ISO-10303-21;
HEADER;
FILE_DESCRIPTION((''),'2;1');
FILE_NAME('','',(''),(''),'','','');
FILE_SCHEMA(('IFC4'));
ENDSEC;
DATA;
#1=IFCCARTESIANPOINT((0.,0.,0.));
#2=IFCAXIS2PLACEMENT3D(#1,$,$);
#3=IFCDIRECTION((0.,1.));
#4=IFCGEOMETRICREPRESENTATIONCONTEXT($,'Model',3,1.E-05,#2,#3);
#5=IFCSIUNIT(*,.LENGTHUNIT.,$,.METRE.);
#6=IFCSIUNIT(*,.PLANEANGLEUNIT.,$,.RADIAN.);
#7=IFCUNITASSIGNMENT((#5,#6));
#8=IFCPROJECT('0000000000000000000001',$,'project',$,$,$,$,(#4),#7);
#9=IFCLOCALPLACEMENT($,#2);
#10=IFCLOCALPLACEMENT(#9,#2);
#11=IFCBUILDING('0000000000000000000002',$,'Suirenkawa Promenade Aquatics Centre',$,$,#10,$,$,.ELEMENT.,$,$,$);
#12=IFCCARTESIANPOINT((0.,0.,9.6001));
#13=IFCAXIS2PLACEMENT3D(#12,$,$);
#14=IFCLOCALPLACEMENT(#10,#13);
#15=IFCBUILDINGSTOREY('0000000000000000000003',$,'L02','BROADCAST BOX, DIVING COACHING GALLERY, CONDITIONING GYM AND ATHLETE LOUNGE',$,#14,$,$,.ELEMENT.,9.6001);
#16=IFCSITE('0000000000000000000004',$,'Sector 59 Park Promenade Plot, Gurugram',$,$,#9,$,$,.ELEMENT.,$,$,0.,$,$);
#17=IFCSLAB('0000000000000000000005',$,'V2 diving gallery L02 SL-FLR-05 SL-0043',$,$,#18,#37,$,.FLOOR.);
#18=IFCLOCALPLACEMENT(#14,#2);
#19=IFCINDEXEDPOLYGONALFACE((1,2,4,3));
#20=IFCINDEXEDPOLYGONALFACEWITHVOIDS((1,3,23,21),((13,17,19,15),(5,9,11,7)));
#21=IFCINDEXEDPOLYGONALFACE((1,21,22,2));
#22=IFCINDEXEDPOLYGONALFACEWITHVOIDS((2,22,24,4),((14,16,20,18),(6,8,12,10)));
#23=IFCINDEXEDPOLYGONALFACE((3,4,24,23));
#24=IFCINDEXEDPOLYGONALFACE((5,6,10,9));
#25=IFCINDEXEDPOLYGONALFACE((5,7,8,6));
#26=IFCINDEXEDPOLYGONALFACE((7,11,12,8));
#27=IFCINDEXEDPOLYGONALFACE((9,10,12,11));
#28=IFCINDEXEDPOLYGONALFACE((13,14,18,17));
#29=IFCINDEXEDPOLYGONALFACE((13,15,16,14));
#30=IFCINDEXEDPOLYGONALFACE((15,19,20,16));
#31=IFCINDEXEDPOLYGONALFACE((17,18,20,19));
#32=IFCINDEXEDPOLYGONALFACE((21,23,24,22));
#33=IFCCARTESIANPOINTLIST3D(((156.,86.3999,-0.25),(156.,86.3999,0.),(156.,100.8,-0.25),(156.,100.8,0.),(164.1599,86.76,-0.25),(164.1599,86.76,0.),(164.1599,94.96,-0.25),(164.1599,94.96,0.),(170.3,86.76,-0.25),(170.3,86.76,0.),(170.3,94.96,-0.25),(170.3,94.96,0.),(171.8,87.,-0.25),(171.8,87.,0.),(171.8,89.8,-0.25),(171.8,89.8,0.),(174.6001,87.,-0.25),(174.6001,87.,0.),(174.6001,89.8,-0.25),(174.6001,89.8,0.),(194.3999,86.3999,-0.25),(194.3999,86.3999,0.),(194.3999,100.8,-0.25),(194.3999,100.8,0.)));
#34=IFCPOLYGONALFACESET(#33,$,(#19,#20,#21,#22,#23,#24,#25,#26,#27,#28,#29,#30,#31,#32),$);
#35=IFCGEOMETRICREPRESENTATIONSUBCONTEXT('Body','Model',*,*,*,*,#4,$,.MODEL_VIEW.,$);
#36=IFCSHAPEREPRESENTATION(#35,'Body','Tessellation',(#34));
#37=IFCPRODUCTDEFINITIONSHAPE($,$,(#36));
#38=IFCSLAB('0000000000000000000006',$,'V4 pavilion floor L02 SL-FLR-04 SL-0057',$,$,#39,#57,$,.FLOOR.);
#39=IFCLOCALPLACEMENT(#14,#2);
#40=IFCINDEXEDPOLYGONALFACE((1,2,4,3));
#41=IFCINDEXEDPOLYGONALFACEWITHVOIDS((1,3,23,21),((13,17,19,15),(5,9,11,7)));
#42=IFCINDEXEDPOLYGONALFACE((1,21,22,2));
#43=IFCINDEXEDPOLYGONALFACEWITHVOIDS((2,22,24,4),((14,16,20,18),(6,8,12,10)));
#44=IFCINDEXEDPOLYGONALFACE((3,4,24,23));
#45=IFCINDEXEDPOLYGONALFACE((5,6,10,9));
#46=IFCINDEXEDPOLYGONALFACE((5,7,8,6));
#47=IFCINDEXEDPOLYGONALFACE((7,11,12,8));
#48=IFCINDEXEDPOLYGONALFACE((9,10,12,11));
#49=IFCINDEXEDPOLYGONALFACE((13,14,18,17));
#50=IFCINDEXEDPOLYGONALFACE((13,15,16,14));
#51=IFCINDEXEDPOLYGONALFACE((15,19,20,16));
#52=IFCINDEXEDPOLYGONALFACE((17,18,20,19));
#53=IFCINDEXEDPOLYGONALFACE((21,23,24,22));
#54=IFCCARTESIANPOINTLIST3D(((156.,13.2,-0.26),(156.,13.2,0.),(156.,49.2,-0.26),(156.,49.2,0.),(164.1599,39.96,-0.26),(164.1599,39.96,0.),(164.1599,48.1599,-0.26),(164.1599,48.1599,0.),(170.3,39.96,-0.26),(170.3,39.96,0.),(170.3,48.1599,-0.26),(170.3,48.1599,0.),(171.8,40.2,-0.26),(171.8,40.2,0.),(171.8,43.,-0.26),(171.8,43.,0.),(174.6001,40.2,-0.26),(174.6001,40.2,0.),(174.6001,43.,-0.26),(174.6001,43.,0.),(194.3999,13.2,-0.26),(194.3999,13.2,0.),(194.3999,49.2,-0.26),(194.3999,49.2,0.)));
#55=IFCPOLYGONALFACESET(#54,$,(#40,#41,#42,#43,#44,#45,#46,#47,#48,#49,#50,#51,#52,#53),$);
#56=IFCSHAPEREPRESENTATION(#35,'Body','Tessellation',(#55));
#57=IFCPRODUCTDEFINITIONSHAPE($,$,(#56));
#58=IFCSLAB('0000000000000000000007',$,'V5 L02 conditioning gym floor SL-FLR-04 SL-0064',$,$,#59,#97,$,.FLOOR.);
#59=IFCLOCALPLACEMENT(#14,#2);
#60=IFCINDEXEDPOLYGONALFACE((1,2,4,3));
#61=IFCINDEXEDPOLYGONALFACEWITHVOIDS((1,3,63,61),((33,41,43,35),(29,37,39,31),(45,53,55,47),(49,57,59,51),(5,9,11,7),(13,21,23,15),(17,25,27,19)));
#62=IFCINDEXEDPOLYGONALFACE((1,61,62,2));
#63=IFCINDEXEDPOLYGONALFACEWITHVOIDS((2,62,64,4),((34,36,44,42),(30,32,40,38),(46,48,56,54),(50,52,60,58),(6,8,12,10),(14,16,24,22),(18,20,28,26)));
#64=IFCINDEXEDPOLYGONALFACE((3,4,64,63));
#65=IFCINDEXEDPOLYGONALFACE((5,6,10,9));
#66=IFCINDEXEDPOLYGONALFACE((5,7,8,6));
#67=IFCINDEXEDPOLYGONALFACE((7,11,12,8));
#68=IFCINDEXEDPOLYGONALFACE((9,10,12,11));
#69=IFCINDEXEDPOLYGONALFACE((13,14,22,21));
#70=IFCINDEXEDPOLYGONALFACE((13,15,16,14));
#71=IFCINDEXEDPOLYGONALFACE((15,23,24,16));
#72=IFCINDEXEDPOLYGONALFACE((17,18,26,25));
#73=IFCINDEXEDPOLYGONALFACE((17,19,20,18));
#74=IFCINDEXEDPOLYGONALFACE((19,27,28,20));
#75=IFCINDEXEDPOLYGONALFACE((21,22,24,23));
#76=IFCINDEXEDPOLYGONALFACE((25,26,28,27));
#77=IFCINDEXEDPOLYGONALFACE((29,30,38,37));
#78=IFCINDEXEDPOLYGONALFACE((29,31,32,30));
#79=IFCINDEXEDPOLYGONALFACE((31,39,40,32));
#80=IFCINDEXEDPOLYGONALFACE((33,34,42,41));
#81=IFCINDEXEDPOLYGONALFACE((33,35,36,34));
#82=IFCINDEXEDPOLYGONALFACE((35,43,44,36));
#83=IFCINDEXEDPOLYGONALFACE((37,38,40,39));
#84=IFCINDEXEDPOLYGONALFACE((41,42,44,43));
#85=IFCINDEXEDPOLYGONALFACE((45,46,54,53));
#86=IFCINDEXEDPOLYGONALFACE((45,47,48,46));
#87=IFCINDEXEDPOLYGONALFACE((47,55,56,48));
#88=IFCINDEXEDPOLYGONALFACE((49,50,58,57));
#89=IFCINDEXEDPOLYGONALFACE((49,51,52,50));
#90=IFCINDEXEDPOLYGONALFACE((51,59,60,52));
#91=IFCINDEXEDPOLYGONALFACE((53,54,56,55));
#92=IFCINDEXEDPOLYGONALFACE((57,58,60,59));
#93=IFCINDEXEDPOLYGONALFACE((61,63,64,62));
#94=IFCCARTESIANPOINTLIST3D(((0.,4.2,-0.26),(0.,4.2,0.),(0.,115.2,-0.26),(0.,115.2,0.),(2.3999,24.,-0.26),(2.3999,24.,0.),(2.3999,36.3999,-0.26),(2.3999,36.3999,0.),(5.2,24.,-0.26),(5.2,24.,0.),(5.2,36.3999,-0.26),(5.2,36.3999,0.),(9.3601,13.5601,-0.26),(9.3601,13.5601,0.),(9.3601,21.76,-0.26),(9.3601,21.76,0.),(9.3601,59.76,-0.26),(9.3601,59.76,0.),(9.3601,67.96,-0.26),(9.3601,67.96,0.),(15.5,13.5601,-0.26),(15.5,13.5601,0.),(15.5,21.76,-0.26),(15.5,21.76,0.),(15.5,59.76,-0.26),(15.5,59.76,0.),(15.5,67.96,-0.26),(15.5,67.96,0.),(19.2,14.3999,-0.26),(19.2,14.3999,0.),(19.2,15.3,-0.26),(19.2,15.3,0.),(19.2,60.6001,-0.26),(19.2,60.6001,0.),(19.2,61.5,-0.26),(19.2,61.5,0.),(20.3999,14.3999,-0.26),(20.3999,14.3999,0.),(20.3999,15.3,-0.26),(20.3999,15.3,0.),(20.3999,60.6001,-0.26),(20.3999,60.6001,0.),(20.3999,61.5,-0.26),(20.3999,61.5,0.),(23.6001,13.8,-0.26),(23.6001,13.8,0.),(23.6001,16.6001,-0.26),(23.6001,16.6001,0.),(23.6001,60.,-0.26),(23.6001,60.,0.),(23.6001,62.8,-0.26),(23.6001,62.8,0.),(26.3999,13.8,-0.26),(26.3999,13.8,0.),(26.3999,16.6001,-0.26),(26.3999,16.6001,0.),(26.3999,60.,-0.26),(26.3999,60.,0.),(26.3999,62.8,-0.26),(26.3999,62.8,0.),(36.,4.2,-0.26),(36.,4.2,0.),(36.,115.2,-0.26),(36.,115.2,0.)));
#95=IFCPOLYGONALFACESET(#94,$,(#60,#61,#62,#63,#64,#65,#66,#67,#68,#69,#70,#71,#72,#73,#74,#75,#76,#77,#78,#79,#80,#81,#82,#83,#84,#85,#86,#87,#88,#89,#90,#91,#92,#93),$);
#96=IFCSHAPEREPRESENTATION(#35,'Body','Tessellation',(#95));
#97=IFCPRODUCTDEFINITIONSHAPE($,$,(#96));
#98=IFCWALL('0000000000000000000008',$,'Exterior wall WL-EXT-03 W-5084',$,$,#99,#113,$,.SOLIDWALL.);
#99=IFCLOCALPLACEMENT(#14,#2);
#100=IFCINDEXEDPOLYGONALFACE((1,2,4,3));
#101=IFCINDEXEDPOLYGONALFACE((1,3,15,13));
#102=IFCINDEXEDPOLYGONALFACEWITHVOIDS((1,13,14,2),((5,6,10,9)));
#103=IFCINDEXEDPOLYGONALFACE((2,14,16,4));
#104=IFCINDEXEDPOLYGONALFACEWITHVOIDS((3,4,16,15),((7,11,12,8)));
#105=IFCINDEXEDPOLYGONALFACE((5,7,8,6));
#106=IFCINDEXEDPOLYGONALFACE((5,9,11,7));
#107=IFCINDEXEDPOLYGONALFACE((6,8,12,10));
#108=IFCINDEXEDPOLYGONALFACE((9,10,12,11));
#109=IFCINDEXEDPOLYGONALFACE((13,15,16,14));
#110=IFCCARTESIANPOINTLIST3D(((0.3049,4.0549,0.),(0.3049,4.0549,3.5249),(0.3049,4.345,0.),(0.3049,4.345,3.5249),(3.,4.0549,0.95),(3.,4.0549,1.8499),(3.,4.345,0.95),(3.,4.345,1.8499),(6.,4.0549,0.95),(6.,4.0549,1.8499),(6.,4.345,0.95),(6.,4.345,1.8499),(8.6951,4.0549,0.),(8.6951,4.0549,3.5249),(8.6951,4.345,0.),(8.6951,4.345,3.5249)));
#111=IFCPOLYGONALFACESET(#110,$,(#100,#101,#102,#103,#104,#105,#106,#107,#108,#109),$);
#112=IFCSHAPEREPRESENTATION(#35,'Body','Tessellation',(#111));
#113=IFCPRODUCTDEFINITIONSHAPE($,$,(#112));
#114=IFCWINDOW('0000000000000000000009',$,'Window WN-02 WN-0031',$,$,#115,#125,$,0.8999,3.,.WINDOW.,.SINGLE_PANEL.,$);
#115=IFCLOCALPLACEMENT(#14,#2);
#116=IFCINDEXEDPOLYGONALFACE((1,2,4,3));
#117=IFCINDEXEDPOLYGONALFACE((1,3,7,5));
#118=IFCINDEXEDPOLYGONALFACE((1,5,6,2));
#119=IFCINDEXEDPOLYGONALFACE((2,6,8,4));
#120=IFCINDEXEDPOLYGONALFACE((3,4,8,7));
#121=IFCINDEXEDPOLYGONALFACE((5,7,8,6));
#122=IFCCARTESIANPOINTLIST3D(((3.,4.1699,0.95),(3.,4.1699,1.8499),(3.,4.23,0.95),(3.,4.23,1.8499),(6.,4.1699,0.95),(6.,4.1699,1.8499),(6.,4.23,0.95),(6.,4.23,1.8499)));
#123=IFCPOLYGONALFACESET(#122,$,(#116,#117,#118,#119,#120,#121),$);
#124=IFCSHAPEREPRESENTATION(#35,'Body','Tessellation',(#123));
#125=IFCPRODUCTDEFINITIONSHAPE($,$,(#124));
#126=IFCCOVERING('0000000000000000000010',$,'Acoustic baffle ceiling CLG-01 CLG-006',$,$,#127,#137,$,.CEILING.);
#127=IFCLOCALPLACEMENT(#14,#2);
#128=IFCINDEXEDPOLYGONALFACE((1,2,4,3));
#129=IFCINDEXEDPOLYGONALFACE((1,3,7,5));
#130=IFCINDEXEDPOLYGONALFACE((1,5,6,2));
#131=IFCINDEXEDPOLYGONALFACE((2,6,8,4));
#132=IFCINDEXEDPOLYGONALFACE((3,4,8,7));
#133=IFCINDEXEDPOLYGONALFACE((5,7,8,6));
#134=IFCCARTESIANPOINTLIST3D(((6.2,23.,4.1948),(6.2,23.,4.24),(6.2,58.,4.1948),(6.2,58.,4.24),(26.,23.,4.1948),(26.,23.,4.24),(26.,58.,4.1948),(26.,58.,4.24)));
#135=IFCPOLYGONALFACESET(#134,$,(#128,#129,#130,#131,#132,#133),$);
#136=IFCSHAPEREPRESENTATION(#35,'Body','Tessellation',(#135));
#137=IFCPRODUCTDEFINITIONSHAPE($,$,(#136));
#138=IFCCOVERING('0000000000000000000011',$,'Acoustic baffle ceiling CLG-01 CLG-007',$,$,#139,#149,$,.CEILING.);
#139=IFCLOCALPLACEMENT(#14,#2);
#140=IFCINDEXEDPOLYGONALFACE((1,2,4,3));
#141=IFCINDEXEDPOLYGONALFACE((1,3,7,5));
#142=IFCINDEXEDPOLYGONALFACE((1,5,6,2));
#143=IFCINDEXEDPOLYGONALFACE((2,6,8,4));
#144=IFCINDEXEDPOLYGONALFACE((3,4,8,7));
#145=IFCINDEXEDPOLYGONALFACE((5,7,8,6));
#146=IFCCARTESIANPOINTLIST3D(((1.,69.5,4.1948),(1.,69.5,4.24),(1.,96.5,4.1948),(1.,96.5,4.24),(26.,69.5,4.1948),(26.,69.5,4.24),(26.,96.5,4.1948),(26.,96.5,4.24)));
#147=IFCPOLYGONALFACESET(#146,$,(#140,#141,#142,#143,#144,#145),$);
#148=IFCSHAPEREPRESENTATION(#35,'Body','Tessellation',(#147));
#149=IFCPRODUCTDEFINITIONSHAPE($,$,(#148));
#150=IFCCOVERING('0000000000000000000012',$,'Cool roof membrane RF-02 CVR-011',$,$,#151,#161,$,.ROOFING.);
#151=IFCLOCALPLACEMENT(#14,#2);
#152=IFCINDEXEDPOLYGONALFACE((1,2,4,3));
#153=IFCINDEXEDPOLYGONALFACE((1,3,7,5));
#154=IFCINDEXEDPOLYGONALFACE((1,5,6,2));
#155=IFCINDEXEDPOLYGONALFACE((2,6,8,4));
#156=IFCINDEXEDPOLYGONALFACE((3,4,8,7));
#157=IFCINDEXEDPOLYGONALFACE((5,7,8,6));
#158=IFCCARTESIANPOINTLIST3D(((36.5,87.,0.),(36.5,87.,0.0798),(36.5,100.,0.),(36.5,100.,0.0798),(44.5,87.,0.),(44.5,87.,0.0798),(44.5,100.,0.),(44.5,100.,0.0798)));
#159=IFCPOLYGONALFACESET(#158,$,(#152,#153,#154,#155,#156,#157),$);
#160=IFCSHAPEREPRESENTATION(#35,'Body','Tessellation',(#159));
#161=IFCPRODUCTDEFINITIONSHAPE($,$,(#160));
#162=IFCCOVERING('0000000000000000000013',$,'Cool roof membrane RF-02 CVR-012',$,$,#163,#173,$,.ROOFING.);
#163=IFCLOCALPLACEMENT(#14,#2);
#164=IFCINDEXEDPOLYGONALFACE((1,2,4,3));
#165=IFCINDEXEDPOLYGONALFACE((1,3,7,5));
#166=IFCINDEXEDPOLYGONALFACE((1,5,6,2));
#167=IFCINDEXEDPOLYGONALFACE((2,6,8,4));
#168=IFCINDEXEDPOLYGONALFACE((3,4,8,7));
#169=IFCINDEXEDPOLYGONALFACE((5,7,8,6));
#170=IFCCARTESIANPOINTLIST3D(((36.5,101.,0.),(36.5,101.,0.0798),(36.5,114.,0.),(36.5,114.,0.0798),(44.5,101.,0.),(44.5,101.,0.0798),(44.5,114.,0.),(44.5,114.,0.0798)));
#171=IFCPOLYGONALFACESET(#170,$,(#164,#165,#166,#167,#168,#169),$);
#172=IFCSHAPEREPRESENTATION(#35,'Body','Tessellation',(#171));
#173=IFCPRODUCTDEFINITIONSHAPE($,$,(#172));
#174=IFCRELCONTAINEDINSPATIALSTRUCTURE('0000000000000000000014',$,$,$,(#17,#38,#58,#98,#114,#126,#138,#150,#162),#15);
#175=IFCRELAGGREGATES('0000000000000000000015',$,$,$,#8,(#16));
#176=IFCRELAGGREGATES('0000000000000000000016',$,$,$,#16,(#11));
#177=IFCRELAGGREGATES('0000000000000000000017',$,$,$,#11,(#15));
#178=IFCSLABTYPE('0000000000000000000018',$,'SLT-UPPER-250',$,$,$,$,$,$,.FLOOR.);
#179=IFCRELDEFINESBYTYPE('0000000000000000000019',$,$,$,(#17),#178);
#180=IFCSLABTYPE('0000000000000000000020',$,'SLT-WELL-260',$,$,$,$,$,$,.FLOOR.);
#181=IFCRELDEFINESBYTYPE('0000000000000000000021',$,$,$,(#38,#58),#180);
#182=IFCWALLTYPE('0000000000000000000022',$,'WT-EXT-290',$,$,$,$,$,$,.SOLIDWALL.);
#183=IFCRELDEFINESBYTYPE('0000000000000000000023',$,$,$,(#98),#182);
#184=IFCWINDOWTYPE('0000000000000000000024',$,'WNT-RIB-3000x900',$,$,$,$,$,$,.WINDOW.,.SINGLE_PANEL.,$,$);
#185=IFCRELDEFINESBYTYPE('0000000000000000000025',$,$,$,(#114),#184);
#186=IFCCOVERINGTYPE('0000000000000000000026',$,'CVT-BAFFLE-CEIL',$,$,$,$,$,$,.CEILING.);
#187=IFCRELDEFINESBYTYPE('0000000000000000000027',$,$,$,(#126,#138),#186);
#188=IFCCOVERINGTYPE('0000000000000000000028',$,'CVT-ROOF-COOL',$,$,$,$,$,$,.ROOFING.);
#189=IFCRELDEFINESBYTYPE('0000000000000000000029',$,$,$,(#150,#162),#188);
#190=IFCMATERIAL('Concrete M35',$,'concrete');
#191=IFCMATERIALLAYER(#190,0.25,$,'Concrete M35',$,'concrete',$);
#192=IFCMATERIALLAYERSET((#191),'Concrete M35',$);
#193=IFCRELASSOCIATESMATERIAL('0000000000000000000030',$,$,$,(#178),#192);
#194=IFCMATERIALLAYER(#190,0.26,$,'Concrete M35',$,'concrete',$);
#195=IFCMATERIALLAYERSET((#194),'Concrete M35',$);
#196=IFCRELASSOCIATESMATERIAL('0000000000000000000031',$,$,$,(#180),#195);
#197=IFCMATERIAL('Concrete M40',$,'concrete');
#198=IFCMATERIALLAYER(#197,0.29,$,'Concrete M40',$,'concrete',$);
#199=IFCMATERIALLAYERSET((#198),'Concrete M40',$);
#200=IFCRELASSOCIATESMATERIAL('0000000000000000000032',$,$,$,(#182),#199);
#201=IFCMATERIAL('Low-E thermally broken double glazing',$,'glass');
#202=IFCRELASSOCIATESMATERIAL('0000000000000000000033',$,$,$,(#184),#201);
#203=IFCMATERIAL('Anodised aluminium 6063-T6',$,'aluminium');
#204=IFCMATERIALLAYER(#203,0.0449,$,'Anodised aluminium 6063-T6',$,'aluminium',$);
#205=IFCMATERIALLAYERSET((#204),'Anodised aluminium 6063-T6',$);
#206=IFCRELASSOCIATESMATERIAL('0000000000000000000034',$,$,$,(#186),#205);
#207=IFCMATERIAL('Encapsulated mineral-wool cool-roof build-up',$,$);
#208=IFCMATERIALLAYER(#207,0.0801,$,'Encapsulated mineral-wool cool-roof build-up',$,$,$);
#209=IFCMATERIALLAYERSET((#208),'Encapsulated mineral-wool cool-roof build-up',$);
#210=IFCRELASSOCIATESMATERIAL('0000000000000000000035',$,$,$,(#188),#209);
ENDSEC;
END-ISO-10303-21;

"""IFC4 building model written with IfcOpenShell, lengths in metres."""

from ifc_helpers import new_model, si_unit, direction, frame, frame_2d, origin, place, context, subcontext, project, spatial, polyline, rectangle, outline, extrude, material, layer, layer_set, type_object, element, fill, save


model = new_model("IFC4")

# Units and contexts
model_context = context("Model", 3, precision=1e-05, world=origin(), true_north=direction((0.0, 1.0)))
body_context = subcontext(model_context, "Body", "Model", "MODEL_VIEW")
ifc_project = project(units=[si_unit("LENGTHUNIT", "METRE"), si_unit("PLANEANGLEUNIT", "RADIAN")], contexts=[model_context])

# Site, building, storey
site_placement = place(None, origin())
site = spatial("IfcSite", under=ifc_project, at=site_placement, Name="Sector 59 Park Promenade Plot, Gurugram", CompositionType="ELEMENT", RefElevation=0.0)
building_placement = place(site_placement, origin())
building = spatial("IfcBuilding", under=site, at=building_placement, Name="Suirenkawa Promenade Aquatics Centre", CompositionType="ELEMENT")
storey_placement = place(building_placement, frame((0.0, 0.0, 9.6001)))
storey = spatial("IfcBuildingStorey", under=building, at=storey_placement, Name="L02", Description="BROADCAST BOX, DIVING COACHING GALLERY, CONDITIONING GYM AND ATHLETE LOUNGE", CompositionType="ELEMENT", Elevation=9.6001)

# Shared definitions
ifc_material_1 = material(Name="Concrete M40", Category="concrete")

# Shared definitions
ifc_material_2 = material(Name="Concrete M35", Category="concrete")

# Shared definitions
ifc_material_3 = material(Name="Anodised aluminium 6063-T6", Category="aluminium")

# Slabs
ifc_layer_1 = layer(ifc_material_2, 0.25, Name="Concrete M35", Category="concrete")
ifc_layer_set_1 = layer_set([ifc_layer_1], Name="Concrete M35")
slab_type_1 = type_object("IfcSlabType", Name="SLT-UPPER-250", PredefinedType="FLOOR", material=ifc_layer_set_1)
slab_1_placement = place(storey_placement, frame((0.0, 0.0, -0.25)))
element("IfcSlab", 1, at=slab_1_placement, inside=storey, type_object=slab_type_1, Name="V2 diving gallery L02 SL-FLR-05 SL-0043", PredefinedType="FLOOR", context=body_context, shape_type="SweptSolid", body=[
    extrude(outline(polyline([(156.0, 86.3999), (194.3999, 86.3999), (194.3999, 100.8), (156.0, 100.8), (156.0, 86.3999)]), holes=[polyline([(164.1599, 86.76), (170.3, 86.76), (170.3, 94.96), (164.1599, 94.96), (164.1599, 86.76)]), polyline([(171.8, 87.0), (174.6001, 87.0), (174.6001, 89.8), (171.8, 89.8), (171.8, 87.0)])]), origin(), (0.0, 0.0, 1.0), 0.25),
])
ifc_layer_2 = layer(ifc_material_2, 0.26, Name="Concrete M35", Category="concrete")
ifc_layer_set_2 = layer_set([ifc_layer_2], Name="Concrete M35")
slab_type_2 = type_object("IfcSlabType", Name="SLT-WELL-260", PredefinedType="FLOOR", material=ifc_layer_set_2)
slab_2_placement = place(storey_placement, frame((0.0, 0.0, -0.26)))
element("IfcSlab", 2, at=slab_2_placement, inside=storey, type_object=slab_type_2, Name="V4 pavilion floor L02 SL-FLR-04 SL-0057", PredefinedType="FLOOR", context=body_context, shape_type="SweptSolid", body=[
    extrude(outline(polyline([(156.0, 13.2), (194.3999, 13.2), (194.3999, 49.2), (156.0, 49.2), (156.0, 13.2)]), holes=[polyline([(164.1599, 39.96), (170.3, 39.96), (170.3, 48.1599), (164.1599, 48.1599), (164.1599, 39.96)]), polyline([(171.8, 40.2), (174.6001, 40.2), (174.6001, 43.0), (171.8, 43.0), (171.8, 40.2)])]), origin(), (0.0, 0.0, 1.0), 0.26),
])
slab_3_placement = place(storey_placement, frame((0.0, 0.0, -0.26)))
element("IfcSlab", 3, at=slab_3_placement, inside=storey, type_object=slab_type_2, Name="V5 L02 conditioning gym floor SL-FLR-04 SL-0064", PredefinedType="FLOOR", context=body_context, shape_type="SweptSolid", body=[
    extrude(outline(polyline([(0.0, 4.2), (36.0, 4.2), (36.0, 115.2), (0.0, 115.2), (0.0, 4.2)]), holes=[polyline([(9.3601, 13.5601), (15.5, 13.5601), (15.5, 21.76), (9.3601, 21.76), (9.3601, 13.5601)]), polyline([(23.6001, 13.8), (26.3999, 13.8), (26.3999, 16.6001), (23.6001, 16.6001), (23.6001, 13.8)]), polyline([(9.3601, 59.76), (15.5, 59.76), (15.5, 67.96), (9.3601, 67.96), (9.3601, 59.76)]), polyline([(23.6001, 60.0), (26.3999, 60.0), (26.3999, 62.8), (23.6001, 62.8), (23.6001, 60.0)]), polyline([(19.2, 14.3999), (20.3999, 14.3999), (20.3999, 15.3), (19.2, 15.3), (19.2, 14.3999)]), polyline([(19.2, 60.6001), (20.3999, 60.6001), (20.3999, 61.5), (19.2, 61.5), (19.2, 60.6001)]), polyline([(2.3999, 24.0), (5.2, 24.0), (5.2, 36.3999), (2.3999, 36.3999), (2.3999, 24.0)])]), origin(), (0.0, 0.0, 1.0), 0.26),
])

# Wall, opening, window
ifc_layer_3 = layer(ifc_material_1, 0.29, Name="Concrete M40", Category="concrete")
ifc_layer_set_3 = layer_set([ifc_layer_3], Name="Concrete M40")
wall_type = type_object("IfcWallType", Name="WT-EXT-290", PredefinedType="SOLIDWALL", material=ifc_layer_set_3)
wall_placement = place(storey_placement, frame((8.6951, 4.2, 0.0), z_axis=(0.0, 0.0, 1.0), x_axis=(-1.0, 0.0, 0.0)))
wall = element("IfcWall", 4, at=wall_placement, inside=storey, type_object=wall_type, Name="Exterior wall WL-EXT-03 W-5084", PredefinedType="SOLIDWALL", context=body_context, shape_type="SweptSolid", body=[
    extrude(rectangle(XDim=8.3901, YDim=0.29, at=frame_2d((4.1951, 0.0))), origin(), (0.0, 0.0, 1.0), 3.5249),
])
opening_placement = place(wall_placement, frame((2.6951, 0.0, 0.95)))
opening = element("IfcOpeningElement", 5, at=opening_placement, cuts=wall, PredefinedType="OPENING", context=body_context, shape_type="SweptSolid", body=[
    extrude(rectangle(XDim=3.0, YDim=0.8999, at=frame_2d((1.5, 0.45))), frame((0.0, 0.155, 0.0), z_axis=(0.0, -1.0, 0.0), x_axis=(1.0, 0.0, 0.0)), (0.0, 0.0, 1.0), 0.3101),
])
ifc_material_4 = material(Name="Low-E thermally broken double glazing", Category="glass")
window_type = type_object("IfcWindowType", Name="WNT-RIB-3000x900", PartitioningType="SINGLE_PANEL", PredefinedType="WINDOW", material=ifc_material_4)
window_placement = place(opening_placement, origin())
window = element("IfcWindow", 6, at=window_placement, inside=storey, type_object=window_type, Name="Window WN-02 WN-0031", OverallHeight=0.8999, OverallWidth=3.0, PartitioningType="SINGLE_PANEL", PredefinedType="WINDOW", context=body_context, shape_type="SweptSolid", body=[
    extrude(rectangle(XDim=3.0, YDim=0.8999, at=frame_2d((1.5, 0.45))), frame((0.0, 0.03, 0.0), z_axis=(0.0, -1.0, 0.0), x_axis=(1.0, 0.0, 0.0)), (0.0, 0.0, 1.0), 0.0601),
])
fill(opening, window)

# Coverings
ifc_layer_4 = layer(ifc_material_3, 0.0449, Name="Anodised aluminium 6063-T6", Category="aluminium")
ifc_layer_set_4 = layer_set([ifc_layer_4], Name="Anodised aluminium 6063-T6")
covering_type_1 = type_object("IfcCoveringType", Name="CVT-BAFFLE-CEIL", PredefinedType="CEILING", material=ifc_layer_set_4)
covering_1_placement = place(storey_placement, frame((0.0, 0.0, 4.1948)))
element("IfcCovering", 7, at=covering_1_placement, inside=storey, type_object=covering_type_1, Name="Acoustic baffle ceiling CLG-01 CLG-006", PredefinedType="CEILING", context=body_context, shape_type="SweptSolid", body=[
    extrude(outline(polyline([(6.2, 23.0), (26.0, 23.0), (26.0, 58.0), (6.2, 58.0), (6.2, 23.0)])), origin(), (0.0, 0.0, 1.0), 0.0452),
])
covering_2_placement = place(storey_placement, frame((0.0, 0.0, 4.1948)))
element("IfcCovering", 8, at=covering_2_placement, inside=storey, type_object=covering_type_1, Name="Acoustic baffle ceiling CLG-01 CLG-007", PredefinedType="CEILING", context=body_context, shape_type="SweptSolid", body=[
    extrude(outline(polyline([(1.0, 69.5), (26.0, 69.5), (26.0, 96.5), (1.0, 96.5), (1.0, 69.5)])), origin(), (0.0, 0.0, 1.0), 0.0452),
])
ifc_material_5 = material(Name="Encapsulated mineral-wool cool-roof build-up")
ifc_layer_5 = layer(ifc_material_5, 0.0801, Name="Encapsulated mineral-wool cool-roof build-up")
ifc_layer_set_5 = layer_set([ifc_layer_5], Name="Encapsulated mineral-wool cool-roof build-up")
covering_type_2 = type_object("IfcCoveringType", Name="CVT-ROOF-COOL", PredefinedType="ROOFING", material=ifc_layer_set_5)
covering_3_placement = place(storey_placement, origin())
element("IfcCovering", 9, at=covering_3_placement, inside=storey, type_object=covering_type_2, Name="Cool roof membrane RF-02 CVR-011", PredefinedType="ROOFING", context=body_context, shape_type="SweptSolid", body=[
    extrude(outline(polyline([(36.5, 87.0), (44.5, 87.0), (44.5, 100.0), (36.5, 100.0), (36.5, 87.0)])), origin(), (0.0, 0.0, 1.0), 0.0798),
])
covering_4_placement = place(storey_placement, origin())
element("IfcCovering", 10, at=covering_4_placement, inside=storey, type_object=covering_type_2, Name="Cool roof membrane RF-02 CVR-012", PredefinedType="ROOFING", context=body_context, shape_type="SweptSolid", body=[
    extrude(outline(polyline([(36.5, 101.0), (44.5, 101.0), (44.5, 114.0), (36.5, 114.0), (36.5, 101.0)])), origin(), (0.0, 0.0, 1.0), 0.0798),
])

save(model, "model.ifc")
